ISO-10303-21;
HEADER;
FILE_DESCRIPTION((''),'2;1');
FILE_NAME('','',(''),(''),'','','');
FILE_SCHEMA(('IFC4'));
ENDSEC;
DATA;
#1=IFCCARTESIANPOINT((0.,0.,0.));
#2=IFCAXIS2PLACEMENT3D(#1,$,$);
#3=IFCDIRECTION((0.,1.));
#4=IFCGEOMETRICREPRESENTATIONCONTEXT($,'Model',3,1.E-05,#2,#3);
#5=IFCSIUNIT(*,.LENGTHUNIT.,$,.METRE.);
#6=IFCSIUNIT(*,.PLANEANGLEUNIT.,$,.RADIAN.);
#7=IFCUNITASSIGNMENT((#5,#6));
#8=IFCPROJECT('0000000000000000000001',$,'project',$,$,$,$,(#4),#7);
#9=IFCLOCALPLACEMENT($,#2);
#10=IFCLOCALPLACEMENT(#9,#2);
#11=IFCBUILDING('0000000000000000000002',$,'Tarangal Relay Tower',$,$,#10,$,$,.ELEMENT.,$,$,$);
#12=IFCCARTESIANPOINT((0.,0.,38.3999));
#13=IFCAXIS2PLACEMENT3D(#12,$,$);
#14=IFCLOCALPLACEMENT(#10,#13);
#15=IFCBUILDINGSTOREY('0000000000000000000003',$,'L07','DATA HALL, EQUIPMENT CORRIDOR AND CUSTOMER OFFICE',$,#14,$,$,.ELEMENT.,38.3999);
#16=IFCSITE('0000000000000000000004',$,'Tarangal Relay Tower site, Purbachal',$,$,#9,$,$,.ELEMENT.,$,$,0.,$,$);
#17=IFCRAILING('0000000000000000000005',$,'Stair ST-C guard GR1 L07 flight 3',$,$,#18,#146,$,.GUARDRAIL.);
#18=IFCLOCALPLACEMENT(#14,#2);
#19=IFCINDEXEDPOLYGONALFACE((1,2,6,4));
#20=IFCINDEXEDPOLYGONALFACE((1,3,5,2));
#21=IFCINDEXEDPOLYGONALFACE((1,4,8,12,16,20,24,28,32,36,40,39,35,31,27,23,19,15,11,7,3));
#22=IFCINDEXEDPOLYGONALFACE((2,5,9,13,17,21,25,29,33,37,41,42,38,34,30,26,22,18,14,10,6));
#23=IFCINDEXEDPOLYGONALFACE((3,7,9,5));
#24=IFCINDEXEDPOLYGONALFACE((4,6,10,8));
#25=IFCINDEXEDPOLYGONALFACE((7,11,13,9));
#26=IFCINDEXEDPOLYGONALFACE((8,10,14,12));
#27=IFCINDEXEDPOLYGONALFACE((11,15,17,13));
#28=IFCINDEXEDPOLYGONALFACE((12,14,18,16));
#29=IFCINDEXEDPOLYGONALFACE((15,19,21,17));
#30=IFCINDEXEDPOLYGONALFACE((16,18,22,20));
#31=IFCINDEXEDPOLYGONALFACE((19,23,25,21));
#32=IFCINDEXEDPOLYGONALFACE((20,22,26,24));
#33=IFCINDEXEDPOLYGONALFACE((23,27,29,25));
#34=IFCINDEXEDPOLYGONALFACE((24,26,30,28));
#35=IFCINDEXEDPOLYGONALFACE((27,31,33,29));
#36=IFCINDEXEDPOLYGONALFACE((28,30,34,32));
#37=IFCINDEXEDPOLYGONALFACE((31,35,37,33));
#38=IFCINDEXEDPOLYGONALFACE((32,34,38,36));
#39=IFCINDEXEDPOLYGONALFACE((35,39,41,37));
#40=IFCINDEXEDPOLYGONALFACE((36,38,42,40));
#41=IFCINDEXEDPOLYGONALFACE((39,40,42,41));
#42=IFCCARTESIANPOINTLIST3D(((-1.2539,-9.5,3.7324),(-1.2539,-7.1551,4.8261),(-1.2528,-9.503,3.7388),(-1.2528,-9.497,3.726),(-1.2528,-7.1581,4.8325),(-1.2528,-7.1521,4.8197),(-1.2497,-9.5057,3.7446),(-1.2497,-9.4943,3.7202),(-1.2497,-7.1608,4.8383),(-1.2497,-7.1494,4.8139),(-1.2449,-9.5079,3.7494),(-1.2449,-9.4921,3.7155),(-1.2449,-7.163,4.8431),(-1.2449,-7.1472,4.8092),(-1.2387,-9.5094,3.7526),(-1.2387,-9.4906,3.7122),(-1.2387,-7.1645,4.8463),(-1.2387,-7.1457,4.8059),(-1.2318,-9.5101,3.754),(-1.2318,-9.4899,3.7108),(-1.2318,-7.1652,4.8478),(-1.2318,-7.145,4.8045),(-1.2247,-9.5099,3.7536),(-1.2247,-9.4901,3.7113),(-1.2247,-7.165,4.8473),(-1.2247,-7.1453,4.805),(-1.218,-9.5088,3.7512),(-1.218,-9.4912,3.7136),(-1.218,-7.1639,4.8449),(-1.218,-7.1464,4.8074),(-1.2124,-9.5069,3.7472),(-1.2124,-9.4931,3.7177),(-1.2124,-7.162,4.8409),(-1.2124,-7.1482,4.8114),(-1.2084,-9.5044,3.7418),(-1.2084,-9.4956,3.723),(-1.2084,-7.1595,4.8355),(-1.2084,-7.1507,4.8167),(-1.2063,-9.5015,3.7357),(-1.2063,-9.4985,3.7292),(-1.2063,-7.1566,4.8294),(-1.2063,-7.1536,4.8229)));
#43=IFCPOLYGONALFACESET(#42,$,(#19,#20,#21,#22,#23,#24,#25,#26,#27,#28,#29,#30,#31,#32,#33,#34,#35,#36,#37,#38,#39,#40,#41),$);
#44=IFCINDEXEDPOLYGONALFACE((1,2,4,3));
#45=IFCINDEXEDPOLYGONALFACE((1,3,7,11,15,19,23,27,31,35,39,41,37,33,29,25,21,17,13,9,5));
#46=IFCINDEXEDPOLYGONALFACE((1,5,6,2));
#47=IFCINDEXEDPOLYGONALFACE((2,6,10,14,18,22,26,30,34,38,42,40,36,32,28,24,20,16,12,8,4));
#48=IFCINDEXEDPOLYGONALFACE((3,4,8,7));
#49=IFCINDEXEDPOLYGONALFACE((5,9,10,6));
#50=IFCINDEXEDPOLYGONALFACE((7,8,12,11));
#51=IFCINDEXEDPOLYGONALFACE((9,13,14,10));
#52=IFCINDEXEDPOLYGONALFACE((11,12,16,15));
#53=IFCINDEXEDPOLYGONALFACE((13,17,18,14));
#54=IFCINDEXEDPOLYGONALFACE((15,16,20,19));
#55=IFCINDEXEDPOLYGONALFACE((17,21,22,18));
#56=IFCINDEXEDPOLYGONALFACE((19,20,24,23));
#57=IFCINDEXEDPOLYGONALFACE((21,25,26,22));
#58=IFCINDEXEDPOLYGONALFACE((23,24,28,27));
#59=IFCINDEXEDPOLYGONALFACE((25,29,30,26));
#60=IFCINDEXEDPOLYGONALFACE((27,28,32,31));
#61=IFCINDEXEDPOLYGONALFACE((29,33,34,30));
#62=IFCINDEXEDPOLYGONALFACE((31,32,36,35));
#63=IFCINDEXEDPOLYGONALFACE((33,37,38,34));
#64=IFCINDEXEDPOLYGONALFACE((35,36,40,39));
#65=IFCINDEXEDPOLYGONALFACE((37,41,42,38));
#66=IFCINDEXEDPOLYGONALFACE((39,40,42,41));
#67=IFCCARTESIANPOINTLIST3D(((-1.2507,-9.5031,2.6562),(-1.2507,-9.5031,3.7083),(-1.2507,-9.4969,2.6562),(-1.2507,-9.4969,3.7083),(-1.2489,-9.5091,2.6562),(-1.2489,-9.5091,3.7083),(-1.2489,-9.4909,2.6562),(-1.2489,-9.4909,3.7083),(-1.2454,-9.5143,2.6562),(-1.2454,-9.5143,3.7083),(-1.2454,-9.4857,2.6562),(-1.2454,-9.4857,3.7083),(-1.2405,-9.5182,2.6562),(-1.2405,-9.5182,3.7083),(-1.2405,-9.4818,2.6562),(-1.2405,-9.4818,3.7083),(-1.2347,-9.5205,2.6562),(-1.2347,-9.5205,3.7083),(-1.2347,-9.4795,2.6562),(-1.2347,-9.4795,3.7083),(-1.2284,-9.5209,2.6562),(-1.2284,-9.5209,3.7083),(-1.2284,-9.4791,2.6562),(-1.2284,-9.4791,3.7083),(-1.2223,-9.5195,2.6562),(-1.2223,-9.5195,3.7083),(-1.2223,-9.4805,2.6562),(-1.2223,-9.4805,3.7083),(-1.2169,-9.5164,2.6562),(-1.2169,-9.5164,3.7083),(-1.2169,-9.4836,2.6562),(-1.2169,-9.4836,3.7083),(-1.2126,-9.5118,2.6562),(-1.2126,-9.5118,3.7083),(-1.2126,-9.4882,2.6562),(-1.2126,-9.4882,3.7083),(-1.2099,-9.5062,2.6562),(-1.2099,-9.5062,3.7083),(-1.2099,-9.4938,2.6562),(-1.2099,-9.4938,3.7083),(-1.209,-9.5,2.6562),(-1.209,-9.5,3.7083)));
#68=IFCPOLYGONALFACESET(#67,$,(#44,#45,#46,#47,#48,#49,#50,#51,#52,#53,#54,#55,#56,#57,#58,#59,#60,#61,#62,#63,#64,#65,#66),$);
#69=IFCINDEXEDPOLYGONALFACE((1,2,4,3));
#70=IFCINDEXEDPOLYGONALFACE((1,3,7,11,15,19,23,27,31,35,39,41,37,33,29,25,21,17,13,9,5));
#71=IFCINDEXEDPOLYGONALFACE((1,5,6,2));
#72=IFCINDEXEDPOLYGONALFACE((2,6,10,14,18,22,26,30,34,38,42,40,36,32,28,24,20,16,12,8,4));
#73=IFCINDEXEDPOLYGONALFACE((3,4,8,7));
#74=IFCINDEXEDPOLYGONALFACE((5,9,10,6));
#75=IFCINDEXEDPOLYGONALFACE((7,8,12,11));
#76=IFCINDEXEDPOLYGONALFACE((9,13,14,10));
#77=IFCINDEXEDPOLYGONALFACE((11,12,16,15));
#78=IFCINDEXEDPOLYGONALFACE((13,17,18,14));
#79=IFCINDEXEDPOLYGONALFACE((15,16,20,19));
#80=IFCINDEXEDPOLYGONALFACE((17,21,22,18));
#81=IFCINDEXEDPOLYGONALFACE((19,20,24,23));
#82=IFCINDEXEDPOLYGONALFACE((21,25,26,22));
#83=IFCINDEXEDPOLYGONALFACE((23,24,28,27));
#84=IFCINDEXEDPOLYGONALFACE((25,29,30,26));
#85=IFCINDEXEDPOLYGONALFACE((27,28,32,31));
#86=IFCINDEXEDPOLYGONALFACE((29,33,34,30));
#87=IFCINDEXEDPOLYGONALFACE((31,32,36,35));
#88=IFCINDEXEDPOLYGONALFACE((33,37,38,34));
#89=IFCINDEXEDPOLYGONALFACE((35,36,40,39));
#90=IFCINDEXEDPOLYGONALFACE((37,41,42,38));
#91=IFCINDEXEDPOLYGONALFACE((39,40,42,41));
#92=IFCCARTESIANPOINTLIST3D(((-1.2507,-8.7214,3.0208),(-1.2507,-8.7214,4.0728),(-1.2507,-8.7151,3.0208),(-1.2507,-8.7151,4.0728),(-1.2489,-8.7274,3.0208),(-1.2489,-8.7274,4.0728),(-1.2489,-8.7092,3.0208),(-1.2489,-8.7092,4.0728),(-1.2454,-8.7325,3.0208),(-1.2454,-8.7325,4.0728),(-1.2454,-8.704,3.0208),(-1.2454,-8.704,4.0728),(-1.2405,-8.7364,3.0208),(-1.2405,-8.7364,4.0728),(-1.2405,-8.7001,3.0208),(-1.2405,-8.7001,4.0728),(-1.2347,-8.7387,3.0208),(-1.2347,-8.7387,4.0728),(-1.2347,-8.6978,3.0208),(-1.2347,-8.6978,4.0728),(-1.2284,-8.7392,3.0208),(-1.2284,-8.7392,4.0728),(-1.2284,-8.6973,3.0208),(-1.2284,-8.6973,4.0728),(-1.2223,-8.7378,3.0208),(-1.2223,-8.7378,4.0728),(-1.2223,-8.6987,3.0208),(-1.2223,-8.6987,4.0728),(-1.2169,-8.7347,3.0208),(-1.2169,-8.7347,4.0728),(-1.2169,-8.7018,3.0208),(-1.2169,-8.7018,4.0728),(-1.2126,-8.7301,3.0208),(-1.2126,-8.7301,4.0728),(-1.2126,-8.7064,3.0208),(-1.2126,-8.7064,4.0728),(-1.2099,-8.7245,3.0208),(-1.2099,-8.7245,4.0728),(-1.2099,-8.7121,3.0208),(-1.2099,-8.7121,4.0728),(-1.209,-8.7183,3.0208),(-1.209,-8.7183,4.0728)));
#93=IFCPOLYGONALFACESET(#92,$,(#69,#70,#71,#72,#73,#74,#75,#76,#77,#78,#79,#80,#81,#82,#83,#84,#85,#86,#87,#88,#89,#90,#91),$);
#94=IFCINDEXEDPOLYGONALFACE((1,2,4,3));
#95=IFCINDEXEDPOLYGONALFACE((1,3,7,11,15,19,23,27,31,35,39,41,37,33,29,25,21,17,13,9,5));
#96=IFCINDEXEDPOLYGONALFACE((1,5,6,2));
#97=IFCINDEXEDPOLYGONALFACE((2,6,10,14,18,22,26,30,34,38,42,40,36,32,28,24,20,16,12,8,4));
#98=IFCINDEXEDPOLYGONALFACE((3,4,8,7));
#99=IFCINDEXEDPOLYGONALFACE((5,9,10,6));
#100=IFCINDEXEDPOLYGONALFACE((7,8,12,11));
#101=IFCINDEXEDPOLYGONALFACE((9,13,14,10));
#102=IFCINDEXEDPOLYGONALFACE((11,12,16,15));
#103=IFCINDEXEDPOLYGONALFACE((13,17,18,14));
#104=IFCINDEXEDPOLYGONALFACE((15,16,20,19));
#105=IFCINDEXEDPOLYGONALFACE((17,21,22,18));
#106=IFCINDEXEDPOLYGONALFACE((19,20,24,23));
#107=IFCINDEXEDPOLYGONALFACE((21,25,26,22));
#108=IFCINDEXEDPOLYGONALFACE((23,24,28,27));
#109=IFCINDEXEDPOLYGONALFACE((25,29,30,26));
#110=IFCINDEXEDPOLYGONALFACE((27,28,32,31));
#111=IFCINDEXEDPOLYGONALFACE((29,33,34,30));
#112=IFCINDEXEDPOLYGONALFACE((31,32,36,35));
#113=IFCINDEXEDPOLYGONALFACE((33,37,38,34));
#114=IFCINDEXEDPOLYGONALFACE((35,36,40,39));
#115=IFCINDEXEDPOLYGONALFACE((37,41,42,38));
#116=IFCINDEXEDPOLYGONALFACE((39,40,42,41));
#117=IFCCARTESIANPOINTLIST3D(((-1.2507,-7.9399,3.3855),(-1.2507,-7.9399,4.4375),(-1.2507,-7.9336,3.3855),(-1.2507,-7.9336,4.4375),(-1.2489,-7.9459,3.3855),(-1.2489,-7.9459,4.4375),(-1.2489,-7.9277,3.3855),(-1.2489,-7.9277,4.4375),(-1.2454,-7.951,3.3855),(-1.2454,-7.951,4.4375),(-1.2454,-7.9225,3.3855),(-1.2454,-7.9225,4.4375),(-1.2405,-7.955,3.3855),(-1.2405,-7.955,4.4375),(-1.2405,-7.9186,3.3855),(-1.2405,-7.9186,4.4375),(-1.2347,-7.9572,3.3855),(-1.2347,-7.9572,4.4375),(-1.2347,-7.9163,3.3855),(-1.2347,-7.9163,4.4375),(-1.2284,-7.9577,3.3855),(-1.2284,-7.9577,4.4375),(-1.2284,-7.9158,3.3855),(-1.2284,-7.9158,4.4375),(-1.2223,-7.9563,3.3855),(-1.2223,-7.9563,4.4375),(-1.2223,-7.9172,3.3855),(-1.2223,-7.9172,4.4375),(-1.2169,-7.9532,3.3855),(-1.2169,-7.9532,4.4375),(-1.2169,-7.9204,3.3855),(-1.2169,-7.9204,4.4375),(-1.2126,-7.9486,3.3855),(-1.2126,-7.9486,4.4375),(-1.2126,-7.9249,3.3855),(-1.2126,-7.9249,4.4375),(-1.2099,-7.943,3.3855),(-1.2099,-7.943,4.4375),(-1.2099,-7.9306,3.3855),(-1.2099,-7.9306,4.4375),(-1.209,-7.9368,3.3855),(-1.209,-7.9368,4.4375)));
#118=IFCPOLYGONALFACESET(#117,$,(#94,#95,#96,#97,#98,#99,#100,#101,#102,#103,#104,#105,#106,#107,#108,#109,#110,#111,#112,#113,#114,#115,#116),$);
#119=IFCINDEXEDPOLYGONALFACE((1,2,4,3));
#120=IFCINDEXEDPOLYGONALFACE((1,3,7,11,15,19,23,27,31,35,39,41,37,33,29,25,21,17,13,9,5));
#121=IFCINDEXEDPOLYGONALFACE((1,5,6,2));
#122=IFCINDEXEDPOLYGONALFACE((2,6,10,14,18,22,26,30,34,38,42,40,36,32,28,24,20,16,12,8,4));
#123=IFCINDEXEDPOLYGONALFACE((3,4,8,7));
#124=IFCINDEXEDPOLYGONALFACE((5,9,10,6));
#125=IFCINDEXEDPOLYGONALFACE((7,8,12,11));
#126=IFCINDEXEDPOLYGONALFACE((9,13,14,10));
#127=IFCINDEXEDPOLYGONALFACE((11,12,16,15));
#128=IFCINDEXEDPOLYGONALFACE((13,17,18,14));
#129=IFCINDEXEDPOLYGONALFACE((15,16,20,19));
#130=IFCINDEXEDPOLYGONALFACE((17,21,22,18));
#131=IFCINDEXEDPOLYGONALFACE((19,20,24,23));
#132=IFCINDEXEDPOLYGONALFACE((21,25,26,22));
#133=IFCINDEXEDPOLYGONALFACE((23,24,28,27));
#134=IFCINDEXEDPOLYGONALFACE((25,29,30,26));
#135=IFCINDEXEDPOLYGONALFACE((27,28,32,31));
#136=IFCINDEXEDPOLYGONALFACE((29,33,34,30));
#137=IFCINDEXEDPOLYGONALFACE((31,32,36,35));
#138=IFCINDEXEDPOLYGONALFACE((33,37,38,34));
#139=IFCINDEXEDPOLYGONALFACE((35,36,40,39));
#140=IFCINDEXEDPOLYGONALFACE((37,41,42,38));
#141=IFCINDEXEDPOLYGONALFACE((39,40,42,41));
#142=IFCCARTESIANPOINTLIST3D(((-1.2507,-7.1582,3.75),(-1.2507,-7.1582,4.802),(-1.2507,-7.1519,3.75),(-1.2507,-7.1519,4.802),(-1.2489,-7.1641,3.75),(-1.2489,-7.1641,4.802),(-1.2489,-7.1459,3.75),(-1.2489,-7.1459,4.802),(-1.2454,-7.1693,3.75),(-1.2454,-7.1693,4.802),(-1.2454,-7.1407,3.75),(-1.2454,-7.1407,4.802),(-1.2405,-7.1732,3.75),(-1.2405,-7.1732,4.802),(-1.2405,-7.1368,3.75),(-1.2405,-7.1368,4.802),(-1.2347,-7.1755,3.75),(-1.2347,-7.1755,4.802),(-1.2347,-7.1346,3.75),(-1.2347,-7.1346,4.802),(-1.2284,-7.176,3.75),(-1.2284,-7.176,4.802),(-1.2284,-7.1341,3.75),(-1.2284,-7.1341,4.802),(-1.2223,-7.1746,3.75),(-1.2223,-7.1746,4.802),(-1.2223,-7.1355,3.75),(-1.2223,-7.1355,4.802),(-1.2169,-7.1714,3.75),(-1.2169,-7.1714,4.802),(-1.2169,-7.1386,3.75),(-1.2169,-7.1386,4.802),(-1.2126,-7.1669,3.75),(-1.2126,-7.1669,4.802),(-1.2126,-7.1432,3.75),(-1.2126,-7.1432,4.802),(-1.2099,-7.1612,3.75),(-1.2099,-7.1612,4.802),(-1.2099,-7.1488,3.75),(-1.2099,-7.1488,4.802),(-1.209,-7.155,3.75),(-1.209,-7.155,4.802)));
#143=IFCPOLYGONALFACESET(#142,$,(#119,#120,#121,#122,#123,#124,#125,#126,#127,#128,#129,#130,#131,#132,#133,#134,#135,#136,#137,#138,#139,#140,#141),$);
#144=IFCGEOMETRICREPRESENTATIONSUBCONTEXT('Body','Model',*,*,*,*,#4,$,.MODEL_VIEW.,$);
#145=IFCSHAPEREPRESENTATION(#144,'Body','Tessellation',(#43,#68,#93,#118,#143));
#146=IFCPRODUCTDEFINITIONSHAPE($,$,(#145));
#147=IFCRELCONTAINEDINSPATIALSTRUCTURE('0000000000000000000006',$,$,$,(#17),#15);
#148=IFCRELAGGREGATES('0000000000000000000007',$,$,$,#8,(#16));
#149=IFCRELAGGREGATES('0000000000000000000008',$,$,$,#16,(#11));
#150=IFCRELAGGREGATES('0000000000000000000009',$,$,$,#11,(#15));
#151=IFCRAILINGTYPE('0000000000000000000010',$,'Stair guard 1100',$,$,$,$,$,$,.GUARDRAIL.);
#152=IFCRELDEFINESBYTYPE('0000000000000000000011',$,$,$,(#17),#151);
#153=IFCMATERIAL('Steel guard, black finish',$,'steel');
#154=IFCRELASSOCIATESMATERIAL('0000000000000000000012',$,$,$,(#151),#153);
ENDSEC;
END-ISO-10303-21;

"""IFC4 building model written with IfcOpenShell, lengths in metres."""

from ifc_helpers import new_model, si_unit, direction, frame, origin, origin_2d, place, context, subcontext, project, spatial, circle, extrude, material, type_object, element, save


model = new_model("IFC4")

# Units and contexts
model_context = context("Model", 3, precision=1e-05, world=origin(), true_north=direction((0.0, 1.0)))
body_context = subcontext(model_context, "Body", "Model", "MODEL_VIEW")
ifc_project = project(units=[si_unit("LENGTHUNIT", "METRE"), si_unit("PLANEANGLEUNIT", "RADIAN")], contexts=[model_context])

# Site, building, storey
site_placement = place(None, origin())
site = spatial("IfcSite", under=ifc_project, at=site_placement, Name="Tarangal Relay Tower site, Purbachal", CompositionType="ELEMENT", RefElevation=0.0)
building_placement = place(site_placement, origin())
building = spatial("IfcBuilding", under=site, at=building_placement, Name="Tarangal Relay Tower", CompositionType="ELEMENT")
storey_placement = place(building_placement, frame((0.0, 0.0, 38.3999)))
storey = spatial("IfcBuildingStorey", under=building, at=storey_placement, Name="L07", Description="DATA HALL, EQUIPMENT CORRIDOR AND CUSTOMER OFFICE", CompositionType="ELEMENT", Elevation=38.3999)

# Railing
ifc_material_1 = material(Name="Steel guard, black finish", Category="steel")
railing_type = type_object("IfcRailingType", Name="Stair guard 1100", PredefinedType="GUARDRAIL", material=ifc_material_1)
for number, where, name in (
    (1, (-1.23, -9.5, 2.6562), "Stair ST-C guard GR1 L07 flight 3"),
):
    element("IfcRailing", number, at=place(storey_placement, frame(where)), inside=storey, type_object=railing_type, Name=name, PredefinedType="GUARDRAIL", context=body_context, shape_type="SweptSolid", body=[
        extrude(circle(Radius=0.0239, at=origin_2d()), frame((0.0, 0.0, 1.0762), z_axis=(0.0, 0.906267, 0.422705), x_axis=(-1.0, 0.0, 0.0)), (0.0, 0.0, 1.0), 2.5874),
        extrude(circle(Radius=0.021, at=origin_2d()), origin(), (0.0, 0.0, 1.0), 1.052),
        extrude(circle(Radius=0.021, at=origin_2d()), frame((0.0, 0.7817, 0.3645)), (0.0, 0.0, 1.0), 1.052),
        extrude(circle(Radius=0.021, at=origin_2d()), frame((0.0, 1.5632, 0.7292)), (0.0, 0.0, 1.0), 1.052),
        extrude(circle(Radius=0.021, at=origin_2d()), frame((0.0, 2.345, 1.0938)), (0.0, 0.0, 1.0), 1.052),
    ])

save(model, "model.ifc")
